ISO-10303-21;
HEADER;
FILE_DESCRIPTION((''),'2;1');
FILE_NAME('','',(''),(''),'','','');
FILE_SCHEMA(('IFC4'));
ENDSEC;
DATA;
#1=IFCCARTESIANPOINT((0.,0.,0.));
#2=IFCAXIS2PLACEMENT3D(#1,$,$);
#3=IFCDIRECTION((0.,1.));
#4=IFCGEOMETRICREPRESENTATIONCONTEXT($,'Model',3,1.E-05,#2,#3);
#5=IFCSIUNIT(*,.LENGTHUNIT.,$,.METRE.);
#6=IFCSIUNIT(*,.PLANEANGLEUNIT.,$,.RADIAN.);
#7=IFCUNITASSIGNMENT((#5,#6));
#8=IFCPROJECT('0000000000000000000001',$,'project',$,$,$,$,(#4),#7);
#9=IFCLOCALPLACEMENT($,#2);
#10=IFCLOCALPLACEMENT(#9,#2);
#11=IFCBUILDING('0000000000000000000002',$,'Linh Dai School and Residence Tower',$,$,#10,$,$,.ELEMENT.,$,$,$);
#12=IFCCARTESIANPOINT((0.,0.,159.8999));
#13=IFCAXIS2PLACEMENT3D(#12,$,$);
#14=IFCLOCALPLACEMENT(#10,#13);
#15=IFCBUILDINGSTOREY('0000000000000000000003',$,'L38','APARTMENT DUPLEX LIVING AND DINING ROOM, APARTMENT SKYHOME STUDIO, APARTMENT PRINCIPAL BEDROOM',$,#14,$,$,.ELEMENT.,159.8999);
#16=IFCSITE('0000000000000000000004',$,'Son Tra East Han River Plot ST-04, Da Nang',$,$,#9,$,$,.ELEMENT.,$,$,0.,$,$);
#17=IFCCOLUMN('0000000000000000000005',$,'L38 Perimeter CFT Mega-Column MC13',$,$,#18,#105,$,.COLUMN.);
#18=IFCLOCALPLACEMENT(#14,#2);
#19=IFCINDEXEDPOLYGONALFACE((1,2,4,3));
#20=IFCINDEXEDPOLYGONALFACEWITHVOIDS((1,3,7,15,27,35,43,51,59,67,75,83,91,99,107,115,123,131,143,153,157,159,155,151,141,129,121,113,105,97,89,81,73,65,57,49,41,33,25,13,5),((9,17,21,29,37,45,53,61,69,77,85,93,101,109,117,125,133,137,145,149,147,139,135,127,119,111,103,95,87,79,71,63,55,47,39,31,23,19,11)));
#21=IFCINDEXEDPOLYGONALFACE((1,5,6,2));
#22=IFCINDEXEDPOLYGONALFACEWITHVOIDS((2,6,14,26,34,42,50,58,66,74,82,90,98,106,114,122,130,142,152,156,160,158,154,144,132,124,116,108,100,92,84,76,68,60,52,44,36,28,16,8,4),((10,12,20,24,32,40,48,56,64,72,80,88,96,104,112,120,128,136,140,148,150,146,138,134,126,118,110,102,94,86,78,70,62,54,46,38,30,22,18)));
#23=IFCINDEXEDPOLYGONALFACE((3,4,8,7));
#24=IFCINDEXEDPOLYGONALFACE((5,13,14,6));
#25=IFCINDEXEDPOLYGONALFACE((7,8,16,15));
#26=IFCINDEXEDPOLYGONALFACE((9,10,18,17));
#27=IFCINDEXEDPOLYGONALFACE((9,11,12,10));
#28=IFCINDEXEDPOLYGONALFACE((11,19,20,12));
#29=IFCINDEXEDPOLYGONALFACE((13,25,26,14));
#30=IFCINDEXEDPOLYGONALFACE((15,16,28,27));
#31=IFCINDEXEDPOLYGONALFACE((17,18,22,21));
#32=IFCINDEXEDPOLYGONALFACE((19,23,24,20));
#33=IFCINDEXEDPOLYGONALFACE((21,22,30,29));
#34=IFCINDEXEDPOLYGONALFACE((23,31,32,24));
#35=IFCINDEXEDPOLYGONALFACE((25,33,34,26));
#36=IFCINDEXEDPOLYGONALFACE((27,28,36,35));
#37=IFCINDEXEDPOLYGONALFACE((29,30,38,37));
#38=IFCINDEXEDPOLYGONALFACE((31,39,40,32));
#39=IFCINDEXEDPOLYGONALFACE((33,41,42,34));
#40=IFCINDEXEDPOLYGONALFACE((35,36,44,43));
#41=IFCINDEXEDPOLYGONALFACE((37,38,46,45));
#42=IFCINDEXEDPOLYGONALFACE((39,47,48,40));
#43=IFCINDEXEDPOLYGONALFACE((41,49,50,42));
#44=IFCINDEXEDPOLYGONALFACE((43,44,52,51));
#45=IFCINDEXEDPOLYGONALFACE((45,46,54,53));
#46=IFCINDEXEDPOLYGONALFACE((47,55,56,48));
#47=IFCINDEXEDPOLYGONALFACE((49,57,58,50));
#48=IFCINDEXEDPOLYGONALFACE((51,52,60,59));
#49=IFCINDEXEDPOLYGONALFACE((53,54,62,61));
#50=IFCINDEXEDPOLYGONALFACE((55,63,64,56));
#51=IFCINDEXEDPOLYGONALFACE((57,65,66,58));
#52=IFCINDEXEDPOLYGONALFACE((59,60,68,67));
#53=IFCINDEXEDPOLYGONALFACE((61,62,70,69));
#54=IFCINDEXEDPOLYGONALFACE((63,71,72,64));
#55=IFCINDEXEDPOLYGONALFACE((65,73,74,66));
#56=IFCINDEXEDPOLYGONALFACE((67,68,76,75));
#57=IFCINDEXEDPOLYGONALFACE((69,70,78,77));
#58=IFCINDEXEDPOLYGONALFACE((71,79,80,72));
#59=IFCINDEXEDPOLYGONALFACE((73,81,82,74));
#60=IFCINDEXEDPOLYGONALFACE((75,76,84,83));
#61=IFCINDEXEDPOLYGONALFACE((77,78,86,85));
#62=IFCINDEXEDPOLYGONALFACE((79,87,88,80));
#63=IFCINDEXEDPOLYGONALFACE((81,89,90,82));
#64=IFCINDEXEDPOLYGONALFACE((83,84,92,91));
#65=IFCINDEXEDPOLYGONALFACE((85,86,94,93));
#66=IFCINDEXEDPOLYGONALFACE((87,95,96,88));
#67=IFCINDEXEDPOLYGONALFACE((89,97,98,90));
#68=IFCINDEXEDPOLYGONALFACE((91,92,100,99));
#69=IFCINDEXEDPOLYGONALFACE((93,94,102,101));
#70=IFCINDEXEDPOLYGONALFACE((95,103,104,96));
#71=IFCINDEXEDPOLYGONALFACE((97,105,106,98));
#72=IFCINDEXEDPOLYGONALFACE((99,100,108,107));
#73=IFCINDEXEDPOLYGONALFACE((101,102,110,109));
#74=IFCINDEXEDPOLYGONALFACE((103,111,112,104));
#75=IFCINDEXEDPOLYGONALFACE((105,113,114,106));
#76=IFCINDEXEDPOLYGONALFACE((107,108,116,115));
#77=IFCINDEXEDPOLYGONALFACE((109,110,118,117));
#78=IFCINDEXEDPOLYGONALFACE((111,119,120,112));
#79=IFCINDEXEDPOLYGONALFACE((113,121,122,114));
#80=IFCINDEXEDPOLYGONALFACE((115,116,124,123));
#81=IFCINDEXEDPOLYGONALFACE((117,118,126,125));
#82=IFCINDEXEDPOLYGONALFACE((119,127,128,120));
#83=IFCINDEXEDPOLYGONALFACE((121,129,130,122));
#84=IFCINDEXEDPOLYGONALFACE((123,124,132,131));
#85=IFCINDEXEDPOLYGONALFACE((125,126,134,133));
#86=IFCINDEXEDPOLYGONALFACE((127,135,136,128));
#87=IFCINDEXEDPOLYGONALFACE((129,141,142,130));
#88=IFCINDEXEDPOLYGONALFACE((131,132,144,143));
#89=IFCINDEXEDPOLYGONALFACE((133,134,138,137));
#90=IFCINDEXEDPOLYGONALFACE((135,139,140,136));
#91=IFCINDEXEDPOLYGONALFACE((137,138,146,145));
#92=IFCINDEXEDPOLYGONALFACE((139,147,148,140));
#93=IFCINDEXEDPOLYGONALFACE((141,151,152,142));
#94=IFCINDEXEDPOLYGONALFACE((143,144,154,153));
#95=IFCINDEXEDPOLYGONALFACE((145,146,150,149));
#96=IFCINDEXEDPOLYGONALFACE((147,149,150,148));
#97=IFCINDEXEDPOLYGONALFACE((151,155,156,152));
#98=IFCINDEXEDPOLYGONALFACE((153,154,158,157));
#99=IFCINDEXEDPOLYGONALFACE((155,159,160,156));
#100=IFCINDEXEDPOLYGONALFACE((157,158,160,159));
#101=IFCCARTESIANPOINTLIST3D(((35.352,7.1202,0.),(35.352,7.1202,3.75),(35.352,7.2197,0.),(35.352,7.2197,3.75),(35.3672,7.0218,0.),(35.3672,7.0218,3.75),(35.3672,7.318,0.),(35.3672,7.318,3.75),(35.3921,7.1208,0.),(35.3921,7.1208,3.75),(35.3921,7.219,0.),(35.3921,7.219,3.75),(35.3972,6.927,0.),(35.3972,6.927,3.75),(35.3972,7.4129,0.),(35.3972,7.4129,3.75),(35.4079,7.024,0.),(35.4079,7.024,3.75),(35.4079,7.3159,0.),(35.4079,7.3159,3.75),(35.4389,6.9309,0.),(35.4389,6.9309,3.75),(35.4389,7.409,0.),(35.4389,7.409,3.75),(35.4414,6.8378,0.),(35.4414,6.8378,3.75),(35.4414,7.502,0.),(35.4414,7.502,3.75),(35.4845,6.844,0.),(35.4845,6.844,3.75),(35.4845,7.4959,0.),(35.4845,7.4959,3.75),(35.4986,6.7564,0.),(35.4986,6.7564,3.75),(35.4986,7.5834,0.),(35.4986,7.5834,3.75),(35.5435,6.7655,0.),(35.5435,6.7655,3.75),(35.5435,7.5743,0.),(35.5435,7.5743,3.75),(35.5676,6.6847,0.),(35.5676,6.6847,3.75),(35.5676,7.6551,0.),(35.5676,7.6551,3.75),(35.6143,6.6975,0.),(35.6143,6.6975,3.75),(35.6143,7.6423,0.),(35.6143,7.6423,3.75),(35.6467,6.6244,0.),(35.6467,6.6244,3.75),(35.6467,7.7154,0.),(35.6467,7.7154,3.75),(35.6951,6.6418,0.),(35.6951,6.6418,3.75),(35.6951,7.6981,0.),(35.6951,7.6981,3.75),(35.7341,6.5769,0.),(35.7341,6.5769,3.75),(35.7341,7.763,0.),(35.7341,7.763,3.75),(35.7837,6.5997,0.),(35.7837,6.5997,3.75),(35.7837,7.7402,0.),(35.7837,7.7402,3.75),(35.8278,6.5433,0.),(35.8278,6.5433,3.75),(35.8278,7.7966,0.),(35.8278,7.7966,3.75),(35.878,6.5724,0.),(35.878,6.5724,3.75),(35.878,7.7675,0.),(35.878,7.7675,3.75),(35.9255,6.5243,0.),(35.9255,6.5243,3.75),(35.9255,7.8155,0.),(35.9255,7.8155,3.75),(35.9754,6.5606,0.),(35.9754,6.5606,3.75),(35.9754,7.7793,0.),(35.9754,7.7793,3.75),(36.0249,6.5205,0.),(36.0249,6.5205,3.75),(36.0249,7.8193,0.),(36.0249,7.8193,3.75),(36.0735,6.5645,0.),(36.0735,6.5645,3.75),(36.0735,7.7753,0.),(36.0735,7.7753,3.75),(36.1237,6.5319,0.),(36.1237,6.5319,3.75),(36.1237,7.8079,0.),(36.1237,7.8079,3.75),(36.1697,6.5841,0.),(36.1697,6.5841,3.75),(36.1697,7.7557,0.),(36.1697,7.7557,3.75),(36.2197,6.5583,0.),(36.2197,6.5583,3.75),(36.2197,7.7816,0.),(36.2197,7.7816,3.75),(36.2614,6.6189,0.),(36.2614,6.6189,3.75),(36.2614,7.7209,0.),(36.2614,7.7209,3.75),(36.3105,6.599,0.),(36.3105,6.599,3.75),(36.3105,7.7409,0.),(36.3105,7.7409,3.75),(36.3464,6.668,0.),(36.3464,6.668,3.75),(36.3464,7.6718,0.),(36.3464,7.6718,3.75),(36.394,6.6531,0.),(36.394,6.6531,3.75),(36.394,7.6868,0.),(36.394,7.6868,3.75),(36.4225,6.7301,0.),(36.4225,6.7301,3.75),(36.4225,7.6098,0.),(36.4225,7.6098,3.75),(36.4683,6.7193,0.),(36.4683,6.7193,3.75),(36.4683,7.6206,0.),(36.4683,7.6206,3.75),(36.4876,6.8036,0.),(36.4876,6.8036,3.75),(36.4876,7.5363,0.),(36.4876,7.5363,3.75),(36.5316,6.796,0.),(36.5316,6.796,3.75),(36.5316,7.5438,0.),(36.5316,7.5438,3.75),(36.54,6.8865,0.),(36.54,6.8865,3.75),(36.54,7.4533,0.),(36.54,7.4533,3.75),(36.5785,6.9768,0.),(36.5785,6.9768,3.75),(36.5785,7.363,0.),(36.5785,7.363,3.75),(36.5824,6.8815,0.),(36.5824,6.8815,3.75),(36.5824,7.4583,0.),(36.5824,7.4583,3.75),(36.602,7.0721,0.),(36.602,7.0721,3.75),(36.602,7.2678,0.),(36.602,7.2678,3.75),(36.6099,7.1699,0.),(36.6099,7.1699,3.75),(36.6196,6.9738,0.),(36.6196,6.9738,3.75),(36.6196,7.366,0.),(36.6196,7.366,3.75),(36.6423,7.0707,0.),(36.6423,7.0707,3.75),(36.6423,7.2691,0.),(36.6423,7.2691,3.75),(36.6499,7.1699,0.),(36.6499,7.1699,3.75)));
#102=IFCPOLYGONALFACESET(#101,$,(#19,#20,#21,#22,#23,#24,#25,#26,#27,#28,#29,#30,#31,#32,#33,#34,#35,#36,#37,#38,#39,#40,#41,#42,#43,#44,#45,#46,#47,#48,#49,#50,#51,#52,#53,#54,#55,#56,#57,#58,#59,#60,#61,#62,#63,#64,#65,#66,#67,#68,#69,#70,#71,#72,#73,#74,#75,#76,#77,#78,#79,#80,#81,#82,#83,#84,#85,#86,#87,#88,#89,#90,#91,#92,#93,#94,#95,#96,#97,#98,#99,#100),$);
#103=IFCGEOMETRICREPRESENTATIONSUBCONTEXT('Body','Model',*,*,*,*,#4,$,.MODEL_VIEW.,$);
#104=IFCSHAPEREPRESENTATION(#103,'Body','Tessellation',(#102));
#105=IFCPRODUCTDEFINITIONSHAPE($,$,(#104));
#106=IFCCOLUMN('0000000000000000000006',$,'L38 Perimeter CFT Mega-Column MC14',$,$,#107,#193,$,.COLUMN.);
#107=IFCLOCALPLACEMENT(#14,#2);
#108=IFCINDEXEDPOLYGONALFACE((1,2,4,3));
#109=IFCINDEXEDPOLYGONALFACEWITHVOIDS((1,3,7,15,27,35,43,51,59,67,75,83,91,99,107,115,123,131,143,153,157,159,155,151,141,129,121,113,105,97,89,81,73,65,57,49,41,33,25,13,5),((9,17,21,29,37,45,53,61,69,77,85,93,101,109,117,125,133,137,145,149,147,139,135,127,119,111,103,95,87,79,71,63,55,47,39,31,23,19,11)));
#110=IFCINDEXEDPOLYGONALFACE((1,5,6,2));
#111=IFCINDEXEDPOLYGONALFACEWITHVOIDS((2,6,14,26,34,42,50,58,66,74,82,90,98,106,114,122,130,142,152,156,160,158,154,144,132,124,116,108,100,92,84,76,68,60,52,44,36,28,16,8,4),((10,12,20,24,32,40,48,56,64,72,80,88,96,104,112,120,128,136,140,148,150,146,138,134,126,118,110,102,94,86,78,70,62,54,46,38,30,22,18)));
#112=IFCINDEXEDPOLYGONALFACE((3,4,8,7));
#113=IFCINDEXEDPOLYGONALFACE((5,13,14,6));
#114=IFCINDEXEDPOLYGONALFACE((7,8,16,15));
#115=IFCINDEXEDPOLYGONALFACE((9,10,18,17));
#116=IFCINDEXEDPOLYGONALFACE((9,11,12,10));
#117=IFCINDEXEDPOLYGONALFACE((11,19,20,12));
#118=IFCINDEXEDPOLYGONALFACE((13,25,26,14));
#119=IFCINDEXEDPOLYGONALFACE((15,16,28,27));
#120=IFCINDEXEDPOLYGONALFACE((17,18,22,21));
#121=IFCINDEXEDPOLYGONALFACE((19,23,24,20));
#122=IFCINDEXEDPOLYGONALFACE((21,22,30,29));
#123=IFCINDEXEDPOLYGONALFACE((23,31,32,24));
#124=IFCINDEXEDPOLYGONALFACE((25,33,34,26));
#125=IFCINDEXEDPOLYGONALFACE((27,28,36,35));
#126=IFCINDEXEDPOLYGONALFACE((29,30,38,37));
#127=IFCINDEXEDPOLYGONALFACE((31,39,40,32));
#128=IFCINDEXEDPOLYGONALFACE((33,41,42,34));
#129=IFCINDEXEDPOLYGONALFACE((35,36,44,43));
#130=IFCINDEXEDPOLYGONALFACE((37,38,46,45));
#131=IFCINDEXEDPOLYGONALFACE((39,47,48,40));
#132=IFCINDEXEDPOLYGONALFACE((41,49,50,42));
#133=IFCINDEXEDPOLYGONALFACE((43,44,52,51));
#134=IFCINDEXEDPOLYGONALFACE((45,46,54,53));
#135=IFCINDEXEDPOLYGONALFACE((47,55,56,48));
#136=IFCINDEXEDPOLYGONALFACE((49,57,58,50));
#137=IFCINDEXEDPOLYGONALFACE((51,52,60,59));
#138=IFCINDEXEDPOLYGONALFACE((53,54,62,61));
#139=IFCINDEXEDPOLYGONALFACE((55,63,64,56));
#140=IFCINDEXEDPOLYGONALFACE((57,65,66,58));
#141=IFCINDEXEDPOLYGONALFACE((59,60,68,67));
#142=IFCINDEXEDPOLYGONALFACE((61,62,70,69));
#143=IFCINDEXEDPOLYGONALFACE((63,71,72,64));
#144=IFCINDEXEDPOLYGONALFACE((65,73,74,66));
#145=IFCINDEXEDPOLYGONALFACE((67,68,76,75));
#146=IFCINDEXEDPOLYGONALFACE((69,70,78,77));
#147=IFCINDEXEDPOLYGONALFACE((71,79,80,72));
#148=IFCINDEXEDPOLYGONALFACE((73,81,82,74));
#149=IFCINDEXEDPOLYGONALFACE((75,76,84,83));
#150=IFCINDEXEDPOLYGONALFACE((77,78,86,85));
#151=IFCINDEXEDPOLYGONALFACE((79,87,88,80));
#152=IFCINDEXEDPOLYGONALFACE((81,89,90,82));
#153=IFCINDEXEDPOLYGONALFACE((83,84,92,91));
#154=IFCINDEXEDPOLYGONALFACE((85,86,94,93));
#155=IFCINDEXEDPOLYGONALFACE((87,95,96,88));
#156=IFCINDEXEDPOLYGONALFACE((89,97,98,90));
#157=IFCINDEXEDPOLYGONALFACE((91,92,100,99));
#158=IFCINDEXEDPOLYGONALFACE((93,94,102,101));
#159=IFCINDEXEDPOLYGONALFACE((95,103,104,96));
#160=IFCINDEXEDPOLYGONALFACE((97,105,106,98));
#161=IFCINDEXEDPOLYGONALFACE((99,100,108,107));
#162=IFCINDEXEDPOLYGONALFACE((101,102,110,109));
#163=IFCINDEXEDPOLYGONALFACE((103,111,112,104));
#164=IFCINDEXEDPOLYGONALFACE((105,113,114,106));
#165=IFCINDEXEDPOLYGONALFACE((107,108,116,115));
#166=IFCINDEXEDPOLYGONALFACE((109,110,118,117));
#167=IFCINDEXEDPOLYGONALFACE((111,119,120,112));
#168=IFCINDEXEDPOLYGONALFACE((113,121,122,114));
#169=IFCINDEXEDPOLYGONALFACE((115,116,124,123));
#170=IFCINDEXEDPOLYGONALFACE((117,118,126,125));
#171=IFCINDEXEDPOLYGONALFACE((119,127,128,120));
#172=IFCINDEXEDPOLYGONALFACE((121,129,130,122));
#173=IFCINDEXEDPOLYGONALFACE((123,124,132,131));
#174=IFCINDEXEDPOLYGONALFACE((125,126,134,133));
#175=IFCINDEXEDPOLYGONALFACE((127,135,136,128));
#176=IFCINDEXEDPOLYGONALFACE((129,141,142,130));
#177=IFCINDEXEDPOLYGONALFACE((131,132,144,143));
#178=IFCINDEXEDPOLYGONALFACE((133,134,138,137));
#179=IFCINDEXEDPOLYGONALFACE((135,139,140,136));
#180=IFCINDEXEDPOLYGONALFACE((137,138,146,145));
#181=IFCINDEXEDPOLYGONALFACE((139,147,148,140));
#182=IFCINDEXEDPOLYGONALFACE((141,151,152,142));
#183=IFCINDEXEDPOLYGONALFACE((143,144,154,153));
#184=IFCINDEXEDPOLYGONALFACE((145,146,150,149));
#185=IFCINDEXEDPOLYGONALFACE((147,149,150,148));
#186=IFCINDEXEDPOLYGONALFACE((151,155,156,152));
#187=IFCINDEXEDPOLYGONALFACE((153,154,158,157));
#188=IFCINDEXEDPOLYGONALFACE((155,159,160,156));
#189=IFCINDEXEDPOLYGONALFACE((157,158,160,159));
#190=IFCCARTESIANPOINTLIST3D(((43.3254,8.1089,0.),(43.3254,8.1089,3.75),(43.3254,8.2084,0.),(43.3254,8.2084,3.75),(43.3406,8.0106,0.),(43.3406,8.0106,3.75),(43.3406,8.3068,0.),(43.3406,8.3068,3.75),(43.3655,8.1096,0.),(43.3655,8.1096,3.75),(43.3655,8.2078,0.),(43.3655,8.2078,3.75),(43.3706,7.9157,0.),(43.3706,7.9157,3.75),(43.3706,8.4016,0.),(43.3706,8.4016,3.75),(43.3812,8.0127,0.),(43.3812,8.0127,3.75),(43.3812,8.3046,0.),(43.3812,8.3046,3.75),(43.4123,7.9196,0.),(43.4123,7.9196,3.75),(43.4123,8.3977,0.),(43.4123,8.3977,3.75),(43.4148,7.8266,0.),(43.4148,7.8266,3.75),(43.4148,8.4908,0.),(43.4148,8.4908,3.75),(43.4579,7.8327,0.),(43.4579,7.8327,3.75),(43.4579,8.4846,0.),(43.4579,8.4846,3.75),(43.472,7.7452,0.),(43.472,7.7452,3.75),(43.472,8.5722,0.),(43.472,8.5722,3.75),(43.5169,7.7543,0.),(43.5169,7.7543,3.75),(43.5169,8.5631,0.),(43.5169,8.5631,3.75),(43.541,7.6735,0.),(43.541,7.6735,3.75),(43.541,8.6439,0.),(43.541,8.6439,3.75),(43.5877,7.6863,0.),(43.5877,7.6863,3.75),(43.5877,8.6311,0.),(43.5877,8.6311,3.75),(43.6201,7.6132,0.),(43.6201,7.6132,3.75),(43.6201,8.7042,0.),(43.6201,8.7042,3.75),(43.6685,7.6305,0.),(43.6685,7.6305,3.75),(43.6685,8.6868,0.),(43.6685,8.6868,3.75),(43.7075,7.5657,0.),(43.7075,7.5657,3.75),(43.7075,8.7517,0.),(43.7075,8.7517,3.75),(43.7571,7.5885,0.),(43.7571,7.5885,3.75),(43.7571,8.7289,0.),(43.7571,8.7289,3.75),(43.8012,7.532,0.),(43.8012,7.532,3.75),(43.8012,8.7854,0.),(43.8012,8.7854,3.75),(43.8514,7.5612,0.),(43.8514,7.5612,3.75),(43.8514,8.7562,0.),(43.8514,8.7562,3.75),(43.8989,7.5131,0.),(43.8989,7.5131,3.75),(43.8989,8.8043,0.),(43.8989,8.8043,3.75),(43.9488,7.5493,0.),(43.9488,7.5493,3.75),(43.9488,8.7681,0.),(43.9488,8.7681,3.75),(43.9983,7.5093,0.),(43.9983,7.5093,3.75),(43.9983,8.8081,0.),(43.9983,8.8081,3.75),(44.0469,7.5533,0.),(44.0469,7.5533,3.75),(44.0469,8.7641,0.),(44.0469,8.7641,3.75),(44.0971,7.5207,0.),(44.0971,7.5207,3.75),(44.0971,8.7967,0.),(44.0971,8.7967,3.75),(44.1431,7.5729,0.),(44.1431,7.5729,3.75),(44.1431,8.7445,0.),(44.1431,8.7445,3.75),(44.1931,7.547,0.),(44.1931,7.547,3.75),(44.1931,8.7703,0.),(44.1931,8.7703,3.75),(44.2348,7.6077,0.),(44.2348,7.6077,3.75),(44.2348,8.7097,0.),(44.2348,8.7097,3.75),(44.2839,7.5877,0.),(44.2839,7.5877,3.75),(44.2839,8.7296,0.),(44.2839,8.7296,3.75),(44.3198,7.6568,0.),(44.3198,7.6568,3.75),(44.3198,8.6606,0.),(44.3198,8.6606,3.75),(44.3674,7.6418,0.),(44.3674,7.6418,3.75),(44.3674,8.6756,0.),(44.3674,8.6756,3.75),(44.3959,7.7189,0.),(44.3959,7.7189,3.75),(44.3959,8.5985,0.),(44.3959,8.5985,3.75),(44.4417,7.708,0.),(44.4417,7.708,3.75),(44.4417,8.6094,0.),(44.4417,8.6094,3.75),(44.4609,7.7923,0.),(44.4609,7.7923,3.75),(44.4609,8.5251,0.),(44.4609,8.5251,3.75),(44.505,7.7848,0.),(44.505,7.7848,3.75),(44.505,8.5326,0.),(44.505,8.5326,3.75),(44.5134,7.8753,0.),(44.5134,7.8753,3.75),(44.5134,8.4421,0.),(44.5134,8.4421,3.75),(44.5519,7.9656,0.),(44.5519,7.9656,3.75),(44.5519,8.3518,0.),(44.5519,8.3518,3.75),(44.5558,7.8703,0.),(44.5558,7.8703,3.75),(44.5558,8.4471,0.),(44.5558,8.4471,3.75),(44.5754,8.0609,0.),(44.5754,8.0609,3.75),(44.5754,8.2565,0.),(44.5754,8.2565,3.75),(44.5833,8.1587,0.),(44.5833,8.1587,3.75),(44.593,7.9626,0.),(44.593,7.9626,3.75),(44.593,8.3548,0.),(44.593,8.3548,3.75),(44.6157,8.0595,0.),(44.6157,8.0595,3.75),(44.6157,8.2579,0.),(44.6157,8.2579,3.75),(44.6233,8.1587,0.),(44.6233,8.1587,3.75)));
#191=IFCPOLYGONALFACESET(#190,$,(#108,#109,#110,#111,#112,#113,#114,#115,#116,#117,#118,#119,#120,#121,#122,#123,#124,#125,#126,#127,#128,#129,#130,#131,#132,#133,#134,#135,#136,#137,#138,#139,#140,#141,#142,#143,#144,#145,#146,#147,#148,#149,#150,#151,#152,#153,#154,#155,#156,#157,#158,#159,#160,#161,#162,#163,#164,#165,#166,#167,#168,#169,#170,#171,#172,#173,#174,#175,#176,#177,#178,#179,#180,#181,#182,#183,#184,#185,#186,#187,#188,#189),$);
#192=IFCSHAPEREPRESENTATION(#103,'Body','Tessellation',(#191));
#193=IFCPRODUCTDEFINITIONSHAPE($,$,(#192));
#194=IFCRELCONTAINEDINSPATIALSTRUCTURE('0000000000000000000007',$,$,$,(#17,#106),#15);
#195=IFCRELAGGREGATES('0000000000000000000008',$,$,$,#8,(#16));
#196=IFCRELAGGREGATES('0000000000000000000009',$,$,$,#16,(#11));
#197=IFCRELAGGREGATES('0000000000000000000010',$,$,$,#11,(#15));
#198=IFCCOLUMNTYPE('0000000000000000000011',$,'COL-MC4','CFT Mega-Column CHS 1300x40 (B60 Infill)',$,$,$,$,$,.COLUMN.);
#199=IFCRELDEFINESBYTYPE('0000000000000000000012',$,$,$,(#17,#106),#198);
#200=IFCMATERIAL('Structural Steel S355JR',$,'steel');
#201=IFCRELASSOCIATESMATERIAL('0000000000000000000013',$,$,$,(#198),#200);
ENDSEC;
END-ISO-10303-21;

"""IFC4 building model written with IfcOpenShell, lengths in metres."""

from ifc_helpers import new_model, si_unit, direction, frame, origin, origin_2d, place, context, subcontext, project, spatial, hollow_circle, extrude, material, material_profile, profile_set, type_object, element, save


model = new_model("IFC4")

# Units and contexts
model_context = context("Model", 3, precision=1e-05, world=origin(), true_north=direction((0.0, 1.0)))
body_context = subcontext(model_context, "Body", "Model", "MODEL_VIEW")
ifc_project = project(units=[si_unit("LENGTHUNIT", "METRE"), si_unit("PLANEANGLEUNIT", "RADIAN")], contexts=[model_context])

# Site, building, storey
site_placement = place(None, origin())
site = spatial("IfcSite", under=ifc_project, at=site_placement, Name="Son Tra East Han River Plot ST-04, Da Nang", CompositionType="ELEMENT", RefElevation=0.0)
building_placement = place(site_placement, origin())
building = spatial("IfcBuilding", under=site, at=building_placement, Name="Linh Dai School and Residence Tower", CompositionType="ELEMENT")
storey_placement = place(building_placement, frame((0.0, 0.0, 159.8999)))
storey = spatial("IfcBuildingStorey", under=building, at=storey_placement, Name="L38", Description="APARTMENT DUPLEX LIVING AND DINING ROOM, APARTMENT SKYHOME STUDIO, APARTMENT PRINCIPAL BEDROOM", CompositionType="ELEMENT", Elevation=159.8999)

# Columns
ifc_material_1 = material(Name="Structural Steel S355JR", Category="steel")
ifc_material_profile_1 = material_profile(ifc_material_1, hollow_circle(Radius=0.6499, WallThickness=0.04, at=origin_2d()), Name="CHS 1300x40")
ifc_profile_set_1 = profile_set([ifc_material_profile_1], Name="Structural Steel S355JR")
column_type = type_object("IfcColumnType", Name="COL-MC4", Description="CFT Mega-Column CHS 1300x40 (B60 Infill)", PredefinedType="COLUMN", material=ifc_profile_set_1)
for number, where, z_axis, x_axis, name in (
    (1, (36.0, 7.1699, 0.0), (0.0, 0.0, 1.0), (1.0, 0.0, 0.0), "L38 Perimeter CFT Mega-Column MC13"),
    (2, (43.9734, 8.1587, 0.0), (0.0, 0.0, 1.0), (1.0, 0.0, 0.0), "L38 Perimeter CFT Mega-Column MC14"),
):
    element("IfcColumn", number, at=place(storey_placement, frame(where, z_axis=z_axis, x_axis=x_axis)), inside=storey, type_object=column_type, Name=name, PredefinedType="COLUMN", context=body_context, shape_type="SweptSolid", body=[
        extrude(hollow_circle(Radius=0.6499, WallThickness=0.04, at=origin_2d()), origin(), (0.0, 0.0, 1.0), 3.75),
    ])

save(model, "model.ifc")
